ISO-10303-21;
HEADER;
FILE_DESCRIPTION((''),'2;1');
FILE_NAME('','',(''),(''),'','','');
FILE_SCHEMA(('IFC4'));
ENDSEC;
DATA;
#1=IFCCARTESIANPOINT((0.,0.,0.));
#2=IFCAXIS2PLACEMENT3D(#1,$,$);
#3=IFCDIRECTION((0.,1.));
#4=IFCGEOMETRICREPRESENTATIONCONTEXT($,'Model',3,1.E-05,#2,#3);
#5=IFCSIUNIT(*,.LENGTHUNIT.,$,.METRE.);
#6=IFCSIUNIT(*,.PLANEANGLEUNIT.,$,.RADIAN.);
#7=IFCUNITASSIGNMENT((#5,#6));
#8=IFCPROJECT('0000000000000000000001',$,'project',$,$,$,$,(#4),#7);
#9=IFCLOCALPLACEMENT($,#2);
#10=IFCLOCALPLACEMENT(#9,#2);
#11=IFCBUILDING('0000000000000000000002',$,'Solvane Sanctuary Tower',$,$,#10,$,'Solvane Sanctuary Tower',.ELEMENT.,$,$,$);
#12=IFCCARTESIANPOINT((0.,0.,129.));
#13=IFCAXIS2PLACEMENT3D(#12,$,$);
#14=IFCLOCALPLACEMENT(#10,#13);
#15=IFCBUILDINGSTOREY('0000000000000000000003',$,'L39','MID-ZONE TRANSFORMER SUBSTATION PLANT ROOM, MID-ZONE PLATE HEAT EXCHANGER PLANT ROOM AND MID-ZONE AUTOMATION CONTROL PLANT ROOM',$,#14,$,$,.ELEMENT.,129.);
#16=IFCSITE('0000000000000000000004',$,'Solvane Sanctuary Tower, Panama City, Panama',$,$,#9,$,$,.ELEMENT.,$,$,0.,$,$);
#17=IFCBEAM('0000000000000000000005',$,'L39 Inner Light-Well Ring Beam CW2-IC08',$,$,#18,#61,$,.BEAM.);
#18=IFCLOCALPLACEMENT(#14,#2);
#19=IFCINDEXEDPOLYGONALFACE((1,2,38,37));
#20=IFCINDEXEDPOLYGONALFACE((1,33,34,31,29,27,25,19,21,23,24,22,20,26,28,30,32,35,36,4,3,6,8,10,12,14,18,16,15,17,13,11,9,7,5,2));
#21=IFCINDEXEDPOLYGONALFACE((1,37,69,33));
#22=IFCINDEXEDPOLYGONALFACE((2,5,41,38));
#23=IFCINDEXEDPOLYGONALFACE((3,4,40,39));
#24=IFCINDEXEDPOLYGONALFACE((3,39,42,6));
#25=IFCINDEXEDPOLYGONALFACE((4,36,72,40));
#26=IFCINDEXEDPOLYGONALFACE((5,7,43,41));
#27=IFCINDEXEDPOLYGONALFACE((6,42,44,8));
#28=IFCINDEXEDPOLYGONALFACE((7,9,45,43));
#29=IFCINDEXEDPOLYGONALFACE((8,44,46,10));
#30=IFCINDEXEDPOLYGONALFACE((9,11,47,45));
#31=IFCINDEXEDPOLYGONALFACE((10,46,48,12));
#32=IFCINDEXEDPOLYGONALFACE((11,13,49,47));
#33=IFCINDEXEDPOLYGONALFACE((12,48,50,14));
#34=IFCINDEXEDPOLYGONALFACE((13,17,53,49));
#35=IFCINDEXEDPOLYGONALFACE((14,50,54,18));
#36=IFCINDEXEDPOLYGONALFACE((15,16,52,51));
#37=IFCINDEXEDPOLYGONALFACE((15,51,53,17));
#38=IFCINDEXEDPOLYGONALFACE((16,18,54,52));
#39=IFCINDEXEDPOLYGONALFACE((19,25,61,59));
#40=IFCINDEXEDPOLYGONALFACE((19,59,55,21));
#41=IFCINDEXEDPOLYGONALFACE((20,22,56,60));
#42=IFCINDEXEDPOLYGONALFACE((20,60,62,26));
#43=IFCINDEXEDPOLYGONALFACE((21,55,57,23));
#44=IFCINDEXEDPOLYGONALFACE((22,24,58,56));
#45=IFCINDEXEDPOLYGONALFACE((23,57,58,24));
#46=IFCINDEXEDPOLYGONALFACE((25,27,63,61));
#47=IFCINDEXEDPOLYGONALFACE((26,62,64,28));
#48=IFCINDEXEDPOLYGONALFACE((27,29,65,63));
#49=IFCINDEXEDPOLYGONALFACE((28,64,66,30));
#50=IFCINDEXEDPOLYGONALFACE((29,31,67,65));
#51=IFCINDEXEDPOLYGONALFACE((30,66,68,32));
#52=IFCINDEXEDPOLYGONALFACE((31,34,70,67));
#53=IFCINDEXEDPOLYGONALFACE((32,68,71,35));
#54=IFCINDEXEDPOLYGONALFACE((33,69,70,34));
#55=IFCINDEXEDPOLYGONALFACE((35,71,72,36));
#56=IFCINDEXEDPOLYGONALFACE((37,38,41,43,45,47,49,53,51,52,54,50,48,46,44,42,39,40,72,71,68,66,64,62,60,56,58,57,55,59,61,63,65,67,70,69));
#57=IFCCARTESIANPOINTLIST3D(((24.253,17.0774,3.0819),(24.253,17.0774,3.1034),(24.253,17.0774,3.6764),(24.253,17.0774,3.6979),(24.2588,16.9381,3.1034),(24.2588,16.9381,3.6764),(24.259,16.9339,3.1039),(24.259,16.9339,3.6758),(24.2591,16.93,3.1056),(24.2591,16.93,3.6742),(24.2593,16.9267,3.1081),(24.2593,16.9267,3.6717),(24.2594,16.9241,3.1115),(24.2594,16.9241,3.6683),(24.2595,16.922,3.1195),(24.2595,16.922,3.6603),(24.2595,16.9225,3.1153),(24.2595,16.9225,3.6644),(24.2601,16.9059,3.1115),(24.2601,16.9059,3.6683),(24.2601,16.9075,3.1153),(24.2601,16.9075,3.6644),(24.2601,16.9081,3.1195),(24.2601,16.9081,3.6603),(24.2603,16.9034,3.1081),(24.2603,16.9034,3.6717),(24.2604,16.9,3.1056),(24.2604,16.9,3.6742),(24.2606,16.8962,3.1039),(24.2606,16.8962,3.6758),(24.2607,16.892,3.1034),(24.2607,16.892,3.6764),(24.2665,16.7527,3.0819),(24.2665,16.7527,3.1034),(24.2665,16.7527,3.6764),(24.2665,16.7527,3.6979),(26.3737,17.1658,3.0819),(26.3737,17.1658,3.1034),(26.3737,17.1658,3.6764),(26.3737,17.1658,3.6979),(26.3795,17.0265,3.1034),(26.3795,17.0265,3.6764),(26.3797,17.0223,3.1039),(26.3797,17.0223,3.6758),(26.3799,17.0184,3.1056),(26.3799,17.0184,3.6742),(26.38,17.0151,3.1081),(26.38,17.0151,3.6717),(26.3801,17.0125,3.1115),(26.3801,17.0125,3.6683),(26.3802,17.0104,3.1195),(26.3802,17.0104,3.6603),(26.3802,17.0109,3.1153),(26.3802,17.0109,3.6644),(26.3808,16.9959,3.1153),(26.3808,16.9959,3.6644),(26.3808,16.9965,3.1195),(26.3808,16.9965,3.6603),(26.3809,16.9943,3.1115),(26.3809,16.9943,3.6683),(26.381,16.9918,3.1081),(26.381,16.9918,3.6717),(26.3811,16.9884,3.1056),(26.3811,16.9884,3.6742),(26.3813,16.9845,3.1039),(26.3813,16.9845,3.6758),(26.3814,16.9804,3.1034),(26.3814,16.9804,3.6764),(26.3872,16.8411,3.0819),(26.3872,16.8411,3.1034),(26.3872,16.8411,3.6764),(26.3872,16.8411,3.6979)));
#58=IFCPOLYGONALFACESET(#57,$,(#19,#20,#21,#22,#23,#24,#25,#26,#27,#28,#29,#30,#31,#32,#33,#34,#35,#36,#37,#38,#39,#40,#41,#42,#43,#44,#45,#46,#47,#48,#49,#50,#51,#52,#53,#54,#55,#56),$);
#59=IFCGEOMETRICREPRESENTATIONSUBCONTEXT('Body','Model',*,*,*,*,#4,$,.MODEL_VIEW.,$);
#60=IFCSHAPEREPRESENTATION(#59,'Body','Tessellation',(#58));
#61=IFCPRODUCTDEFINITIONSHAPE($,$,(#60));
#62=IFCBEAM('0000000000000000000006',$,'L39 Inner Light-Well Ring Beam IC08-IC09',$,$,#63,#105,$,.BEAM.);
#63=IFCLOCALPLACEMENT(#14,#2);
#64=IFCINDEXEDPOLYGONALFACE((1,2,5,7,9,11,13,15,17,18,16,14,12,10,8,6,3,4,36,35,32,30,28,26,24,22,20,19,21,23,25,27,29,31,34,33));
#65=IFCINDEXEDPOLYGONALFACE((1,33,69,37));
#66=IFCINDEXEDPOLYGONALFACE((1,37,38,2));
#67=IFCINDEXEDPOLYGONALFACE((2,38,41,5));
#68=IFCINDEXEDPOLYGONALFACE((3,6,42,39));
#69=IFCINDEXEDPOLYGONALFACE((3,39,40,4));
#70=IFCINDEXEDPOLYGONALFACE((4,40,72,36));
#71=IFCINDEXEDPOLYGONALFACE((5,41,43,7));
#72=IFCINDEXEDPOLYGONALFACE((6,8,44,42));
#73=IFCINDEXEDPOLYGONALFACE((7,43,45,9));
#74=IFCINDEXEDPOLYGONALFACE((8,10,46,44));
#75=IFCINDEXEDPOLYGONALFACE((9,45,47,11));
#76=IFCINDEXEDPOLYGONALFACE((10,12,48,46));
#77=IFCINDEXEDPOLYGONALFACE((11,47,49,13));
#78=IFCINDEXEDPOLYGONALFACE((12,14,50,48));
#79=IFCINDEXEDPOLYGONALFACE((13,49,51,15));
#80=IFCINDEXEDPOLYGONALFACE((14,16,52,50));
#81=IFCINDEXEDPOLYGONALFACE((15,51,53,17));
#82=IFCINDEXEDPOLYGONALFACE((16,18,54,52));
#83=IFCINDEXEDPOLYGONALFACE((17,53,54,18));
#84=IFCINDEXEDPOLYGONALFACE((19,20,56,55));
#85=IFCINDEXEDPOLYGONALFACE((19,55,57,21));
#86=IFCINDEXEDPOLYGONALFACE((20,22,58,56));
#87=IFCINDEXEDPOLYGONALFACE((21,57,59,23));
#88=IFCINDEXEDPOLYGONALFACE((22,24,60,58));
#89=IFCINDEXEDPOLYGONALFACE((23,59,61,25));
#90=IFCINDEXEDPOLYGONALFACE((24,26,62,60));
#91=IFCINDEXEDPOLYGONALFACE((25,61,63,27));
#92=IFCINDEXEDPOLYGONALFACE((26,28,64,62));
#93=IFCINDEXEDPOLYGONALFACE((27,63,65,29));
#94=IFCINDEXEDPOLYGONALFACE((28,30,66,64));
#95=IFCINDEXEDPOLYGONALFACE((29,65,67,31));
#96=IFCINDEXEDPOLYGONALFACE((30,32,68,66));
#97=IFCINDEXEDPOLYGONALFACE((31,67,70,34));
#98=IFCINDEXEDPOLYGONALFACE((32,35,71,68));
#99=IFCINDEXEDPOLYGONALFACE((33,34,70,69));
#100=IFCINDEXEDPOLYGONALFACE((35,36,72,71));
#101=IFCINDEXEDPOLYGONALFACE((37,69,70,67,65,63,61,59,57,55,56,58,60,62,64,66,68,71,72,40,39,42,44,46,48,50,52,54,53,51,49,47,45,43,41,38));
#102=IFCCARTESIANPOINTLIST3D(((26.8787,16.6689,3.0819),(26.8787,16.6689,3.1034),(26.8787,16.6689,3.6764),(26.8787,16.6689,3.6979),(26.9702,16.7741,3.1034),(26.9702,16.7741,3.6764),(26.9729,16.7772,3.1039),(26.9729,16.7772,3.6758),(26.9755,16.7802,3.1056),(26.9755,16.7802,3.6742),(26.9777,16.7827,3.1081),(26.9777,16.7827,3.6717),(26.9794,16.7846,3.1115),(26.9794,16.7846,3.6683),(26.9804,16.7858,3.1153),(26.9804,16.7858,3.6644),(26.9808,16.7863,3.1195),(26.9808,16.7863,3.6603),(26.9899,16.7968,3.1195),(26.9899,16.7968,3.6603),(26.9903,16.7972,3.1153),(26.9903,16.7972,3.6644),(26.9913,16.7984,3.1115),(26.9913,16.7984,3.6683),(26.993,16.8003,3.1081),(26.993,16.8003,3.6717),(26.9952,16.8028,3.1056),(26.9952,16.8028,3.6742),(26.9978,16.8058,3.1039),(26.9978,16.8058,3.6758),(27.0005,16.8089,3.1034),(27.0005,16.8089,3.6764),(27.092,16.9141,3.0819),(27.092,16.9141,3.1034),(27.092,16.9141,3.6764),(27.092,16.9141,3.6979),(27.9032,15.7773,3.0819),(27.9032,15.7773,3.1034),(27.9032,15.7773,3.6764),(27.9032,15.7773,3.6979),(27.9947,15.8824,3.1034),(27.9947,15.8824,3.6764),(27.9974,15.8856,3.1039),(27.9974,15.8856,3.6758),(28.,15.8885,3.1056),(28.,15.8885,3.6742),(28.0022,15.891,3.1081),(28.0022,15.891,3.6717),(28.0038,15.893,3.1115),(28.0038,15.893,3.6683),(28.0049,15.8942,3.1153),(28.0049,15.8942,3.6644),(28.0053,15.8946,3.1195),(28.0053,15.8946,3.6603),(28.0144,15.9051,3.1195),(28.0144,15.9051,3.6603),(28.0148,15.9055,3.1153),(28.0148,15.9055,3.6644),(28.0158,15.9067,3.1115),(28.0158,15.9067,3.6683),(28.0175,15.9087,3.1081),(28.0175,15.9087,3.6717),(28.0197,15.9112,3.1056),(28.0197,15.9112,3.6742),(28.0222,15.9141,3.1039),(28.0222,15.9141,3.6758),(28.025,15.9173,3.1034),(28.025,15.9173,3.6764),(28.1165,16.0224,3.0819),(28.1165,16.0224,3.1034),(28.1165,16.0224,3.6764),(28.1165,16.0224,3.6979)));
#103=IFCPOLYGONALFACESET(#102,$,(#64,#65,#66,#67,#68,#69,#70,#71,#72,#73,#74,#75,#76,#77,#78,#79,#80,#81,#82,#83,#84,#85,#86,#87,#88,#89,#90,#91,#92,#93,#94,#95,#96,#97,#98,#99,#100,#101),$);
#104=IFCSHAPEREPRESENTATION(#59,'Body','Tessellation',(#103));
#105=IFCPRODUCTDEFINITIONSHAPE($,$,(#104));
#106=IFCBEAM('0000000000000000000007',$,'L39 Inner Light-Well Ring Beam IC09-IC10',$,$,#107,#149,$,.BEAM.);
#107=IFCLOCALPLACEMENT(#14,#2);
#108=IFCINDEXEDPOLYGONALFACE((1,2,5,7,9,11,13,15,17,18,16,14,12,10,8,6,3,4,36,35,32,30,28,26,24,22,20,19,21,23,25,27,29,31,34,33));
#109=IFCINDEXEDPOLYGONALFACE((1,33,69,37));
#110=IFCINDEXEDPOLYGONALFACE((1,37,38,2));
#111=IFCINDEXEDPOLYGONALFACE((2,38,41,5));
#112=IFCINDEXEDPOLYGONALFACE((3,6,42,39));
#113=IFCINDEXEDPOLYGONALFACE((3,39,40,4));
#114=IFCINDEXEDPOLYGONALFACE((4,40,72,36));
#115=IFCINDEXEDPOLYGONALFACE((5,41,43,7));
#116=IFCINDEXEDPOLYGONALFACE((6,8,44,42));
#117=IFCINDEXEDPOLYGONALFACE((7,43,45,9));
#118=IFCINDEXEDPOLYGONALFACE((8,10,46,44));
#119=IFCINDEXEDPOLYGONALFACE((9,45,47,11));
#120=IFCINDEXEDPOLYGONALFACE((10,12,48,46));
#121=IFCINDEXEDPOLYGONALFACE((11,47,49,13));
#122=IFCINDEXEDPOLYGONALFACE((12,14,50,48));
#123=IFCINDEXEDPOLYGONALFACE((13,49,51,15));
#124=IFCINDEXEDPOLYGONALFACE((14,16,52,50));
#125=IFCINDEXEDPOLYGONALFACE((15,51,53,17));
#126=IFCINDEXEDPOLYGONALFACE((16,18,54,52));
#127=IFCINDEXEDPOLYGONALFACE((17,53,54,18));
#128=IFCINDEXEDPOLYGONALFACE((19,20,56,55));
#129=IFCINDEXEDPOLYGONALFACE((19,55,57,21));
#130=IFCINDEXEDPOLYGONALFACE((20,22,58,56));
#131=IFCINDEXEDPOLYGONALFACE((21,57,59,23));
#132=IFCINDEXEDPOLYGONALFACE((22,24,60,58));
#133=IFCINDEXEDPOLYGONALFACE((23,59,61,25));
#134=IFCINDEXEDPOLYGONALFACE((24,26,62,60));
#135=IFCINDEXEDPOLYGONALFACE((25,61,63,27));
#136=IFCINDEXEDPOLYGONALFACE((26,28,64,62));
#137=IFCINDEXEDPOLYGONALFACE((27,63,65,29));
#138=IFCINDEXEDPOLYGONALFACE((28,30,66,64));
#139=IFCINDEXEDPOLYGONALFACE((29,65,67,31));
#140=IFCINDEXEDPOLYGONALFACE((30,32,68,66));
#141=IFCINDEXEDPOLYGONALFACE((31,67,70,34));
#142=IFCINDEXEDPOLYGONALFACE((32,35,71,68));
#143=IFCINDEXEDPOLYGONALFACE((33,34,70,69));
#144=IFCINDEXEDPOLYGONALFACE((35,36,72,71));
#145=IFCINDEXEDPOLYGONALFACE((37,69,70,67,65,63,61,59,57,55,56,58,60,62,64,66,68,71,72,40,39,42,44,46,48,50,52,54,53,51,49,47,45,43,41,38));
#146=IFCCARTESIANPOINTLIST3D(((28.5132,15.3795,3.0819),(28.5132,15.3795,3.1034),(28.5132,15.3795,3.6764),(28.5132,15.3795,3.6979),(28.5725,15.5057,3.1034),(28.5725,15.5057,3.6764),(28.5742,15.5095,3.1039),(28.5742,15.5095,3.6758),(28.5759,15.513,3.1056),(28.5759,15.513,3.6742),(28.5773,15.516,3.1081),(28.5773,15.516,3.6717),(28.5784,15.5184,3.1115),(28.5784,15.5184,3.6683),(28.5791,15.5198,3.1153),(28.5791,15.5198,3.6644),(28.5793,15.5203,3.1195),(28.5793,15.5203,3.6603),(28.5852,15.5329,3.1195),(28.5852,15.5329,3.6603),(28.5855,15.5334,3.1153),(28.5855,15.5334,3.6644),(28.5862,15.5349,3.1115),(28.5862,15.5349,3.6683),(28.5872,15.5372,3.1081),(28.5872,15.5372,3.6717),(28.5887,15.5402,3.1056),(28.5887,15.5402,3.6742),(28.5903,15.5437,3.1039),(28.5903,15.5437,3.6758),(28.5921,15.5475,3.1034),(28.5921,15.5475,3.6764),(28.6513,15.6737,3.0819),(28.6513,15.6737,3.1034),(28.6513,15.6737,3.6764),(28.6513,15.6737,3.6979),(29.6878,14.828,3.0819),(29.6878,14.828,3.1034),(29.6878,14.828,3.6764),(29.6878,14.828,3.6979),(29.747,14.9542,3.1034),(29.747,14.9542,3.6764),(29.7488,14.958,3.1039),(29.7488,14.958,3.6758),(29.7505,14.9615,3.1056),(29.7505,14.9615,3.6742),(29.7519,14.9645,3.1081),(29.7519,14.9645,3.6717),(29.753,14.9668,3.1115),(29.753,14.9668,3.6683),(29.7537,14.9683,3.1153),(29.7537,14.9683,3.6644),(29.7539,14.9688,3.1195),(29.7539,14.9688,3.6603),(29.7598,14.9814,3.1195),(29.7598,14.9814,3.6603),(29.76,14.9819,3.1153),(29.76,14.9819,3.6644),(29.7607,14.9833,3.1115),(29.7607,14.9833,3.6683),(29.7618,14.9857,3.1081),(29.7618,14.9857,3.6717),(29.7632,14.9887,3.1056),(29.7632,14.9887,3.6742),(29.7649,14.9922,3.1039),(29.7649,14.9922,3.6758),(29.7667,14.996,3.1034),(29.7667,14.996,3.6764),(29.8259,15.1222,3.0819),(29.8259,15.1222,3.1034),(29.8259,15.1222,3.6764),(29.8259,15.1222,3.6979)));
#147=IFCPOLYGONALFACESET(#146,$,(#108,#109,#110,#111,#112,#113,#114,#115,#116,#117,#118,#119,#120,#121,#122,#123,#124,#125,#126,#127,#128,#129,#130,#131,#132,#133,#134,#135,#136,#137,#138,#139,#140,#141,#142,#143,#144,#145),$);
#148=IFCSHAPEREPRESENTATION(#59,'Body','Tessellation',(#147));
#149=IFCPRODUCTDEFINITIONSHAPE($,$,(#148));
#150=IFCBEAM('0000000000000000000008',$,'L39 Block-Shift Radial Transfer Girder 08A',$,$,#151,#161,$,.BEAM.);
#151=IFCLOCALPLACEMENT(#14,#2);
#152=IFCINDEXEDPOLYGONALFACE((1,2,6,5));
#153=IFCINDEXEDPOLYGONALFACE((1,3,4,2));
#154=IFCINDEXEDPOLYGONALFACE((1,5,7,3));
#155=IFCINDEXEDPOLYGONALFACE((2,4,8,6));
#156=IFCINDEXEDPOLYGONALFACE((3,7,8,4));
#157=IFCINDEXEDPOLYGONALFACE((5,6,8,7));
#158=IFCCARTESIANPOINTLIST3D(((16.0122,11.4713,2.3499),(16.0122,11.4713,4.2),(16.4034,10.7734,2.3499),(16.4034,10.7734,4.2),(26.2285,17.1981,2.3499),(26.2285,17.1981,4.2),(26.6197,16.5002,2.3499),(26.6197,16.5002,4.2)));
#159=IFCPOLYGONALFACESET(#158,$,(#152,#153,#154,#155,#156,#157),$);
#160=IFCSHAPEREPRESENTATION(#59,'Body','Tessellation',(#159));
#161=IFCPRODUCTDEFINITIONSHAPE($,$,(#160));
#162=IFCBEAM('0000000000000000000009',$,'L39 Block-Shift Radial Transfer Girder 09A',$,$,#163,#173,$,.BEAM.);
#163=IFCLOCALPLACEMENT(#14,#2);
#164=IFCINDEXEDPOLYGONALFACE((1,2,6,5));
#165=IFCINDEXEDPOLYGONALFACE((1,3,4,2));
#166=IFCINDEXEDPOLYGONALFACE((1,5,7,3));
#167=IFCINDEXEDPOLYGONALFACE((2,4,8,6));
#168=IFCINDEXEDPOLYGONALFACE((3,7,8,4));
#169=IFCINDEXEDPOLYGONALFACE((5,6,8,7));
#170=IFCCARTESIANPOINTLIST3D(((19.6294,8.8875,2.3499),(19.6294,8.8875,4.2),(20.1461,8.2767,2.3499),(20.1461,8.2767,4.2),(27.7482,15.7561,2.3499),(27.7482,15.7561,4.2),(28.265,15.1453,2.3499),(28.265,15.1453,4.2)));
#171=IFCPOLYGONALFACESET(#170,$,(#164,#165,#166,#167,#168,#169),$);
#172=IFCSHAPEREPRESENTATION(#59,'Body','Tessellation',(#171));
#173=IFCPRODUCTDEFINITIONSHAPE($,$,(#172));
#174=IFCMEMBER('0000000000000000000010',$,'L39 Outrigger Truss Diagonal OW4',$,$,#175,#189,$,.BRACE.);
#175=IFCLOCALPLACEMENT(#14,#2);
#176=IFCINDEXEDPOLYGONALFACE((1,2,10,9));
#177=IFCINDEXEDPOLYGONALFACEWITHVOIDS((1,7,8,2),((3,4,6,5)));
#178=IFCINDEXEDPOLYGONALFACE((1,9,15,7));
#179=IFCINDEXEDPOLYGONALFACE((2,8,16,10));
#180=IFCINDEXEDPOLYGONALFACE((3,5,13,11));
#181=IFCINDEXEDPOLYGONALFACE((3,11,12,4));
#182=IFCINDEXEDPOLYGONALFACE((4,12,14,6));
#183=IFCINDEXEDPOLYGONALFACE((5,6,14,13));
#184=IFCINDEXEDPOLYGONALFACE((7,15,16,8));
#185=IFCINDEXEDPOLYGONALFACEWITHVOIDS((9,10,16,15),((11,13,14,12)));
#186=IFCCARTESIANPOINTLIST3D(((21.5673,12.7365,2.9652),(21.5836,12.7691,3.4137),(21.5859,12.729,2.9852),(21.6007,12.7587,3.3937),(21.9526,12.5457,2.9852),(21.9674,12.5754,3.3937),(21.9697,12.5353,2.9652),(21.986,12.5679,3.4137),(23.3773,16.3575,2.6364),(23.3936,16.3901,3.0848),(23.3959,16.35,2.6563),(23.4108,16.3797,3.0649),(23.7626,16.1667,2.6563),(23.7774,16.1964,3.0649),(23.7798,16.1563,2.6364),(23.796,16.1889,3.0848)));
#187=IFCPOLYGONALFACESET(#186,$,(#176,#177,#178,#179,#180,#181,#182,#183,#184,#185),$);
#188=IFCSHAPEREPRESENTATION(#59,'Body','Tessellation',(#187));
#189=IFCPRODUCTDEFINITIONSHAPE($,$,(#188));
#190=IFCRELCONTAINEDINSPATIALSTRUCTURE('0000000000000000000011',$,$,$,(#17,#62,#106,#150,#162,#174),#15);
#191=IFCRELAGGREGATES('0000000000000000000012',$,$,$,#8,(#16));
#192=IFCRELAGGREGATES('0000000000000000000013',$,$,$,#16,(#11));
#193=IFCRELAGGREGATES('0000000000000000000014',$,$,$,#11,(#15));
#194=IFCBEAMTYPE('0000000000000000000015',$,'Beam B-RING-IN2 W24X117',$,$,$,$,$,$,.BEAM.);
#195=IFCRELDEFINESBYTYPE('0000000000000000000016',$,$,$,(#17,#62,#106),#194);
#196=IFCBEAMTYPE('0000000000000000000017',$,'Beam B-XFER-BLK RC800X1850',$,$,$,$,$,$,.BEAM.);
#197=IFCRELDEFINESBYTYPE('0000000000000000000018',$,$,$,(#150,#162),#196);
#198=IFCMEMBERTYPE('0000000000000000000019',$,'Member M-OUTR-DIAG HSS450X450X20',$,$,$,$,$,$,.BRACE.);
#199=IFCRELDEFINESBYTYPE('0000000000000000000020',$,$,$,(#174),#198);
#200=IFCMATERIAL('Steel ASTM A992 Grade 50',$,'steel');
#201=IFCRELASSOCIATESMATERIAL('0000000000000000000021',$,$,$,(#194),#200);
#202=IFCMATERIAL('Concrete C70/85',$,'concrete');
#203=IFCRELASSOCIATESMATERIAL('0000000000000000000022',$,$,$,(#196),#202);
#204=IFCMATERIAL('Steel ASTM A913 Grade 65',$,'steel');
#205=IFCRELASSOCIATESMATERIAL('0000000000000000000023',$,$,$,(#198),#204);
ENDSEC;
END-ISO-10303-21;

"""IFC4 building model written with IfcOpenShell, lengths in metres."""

from ifc_helpers import new_model, si_unit, direction, frame, origin, origin_2d, place, context, subcontext, project, spatial, rectangle, hollow_rectangle, i_section, extrude, material, material_profile, profile_set, type_object, element, save


model = new_model("IFC4")

# Units and contexts
model_context = context("Model", 3, precision=1e-05, world=origin(), true_north=direction((0.0, 1.0)))
body_context = subcontext(model_context, "Body", "Model", "MODEL_VIEW")
ifc_project = project(units=[si_unit("LENGTHUNIT", "METRE"), si_unit("PLANEANGLEUNIT", "RADIAN")], contexts=[model_context])

# Site, building, storey
site_placement = place(None, origin())
site = spatial("IfcSite", under=ifc_project, at=site_placement, Name="Solvane Sanctuary Tower, Panama City, Panama", CompositionType="ELEMENT", RefElevation=0.0)
building_placement = place(site_placement, origin())
building = spatial("IfcBuilding", under=site, at=building_placement, Name="Solvane Sanctuary Tower", LongName="Solvane Sanctuary Tower", CompositionType="ELEMENT")
storey_placement = place(building_placement, frame((0.0, 0.0, 129.0)))
storey = spatial("IfcBuildingStorey", under=building, at=storey_placement, Name="L39", Description="MID-ZONE TRANSFORMER SUBSTATION PLANT ROOM, MID-ZONE PLATE HEAT EXCHANGER PLANT ROOM AND MID-ZONE AUTOMATION CONTROL PLANT ROOM", CompositionType="ELEMENT", Elevation=129.0)

# Shared definitions
ifc_material_1 = material(Name="Concrete C70/85", Category="concrete")

# Beams
ifc_material_2 = material(Name="Steel ASTM A913 Grade 65", Category="steel")
ifc_material_3 = material(Name="Steel ASTM A992 Grade 50", Category="steel")
ifc_material_profile_1 = material_profile(ifc_material_3, i_section(OverallWidth=0.325, OverallDepth=0.616, WebThickness=0.0139, FlangeThickness=0.0215, FilletRadius=0.0161, at=origin_2d()), Name="W24X117")
ifc_profile_set_1 = profile_set([ifc_material_profile_1], Name="Steel ASTM A992 Grade 50")
beam_type_1 = type_object("IfcBeamType", Name="Beam B-RING-IN2 W24X117", PredefinedType="BEAM", material=ifc_profile_set_1)
beam_1_placement = place(storey_placement, frame((24.2598, 16.915, 3.3899), z_axis=(0.999133, 0.04164, 0.0), x_axis=(-0.04164, 0.999133, 0.0)))
element("IfcBeam", 1, at=beam_1_placement, inside=storey, type_object=beam_type_1, Name="L39 Inner Light-Well Ring Beam CW2-IC08", PredefinedType="BEAM", context=body_context, shape_type="SweptSolid", body=[
    extrude(i_section(OverallWidth=0.325, OverallDepth=0.616, WebThickness=0.0139, FlangeThickness=0.0215, FilletRadius=0.0161, at=origin_2d()), origin(), (0.0, 0.0, 1.0), 2.1226),
])
beam_2_placement = place(storey_placement, frame((26.9854, 16.7915, 3.3899), z_axis=(0.754311, -0.656517, 0.0), x_axis=(0.656517, 0.754311, 0.0)))
element("IfcBeam", 2, at=beam_2_placement, inside=storey, type_object=beam_type_1, Name="L39 Inner Light-Well Ring Beam IC08-IC09", PredefinedType="BEAM", context=body_context, shape_type="SweptSolid", body=[
    extrude(i_section(OverallWidth=0.325, OverallDepth=0.616, WebThickness=0.0139, FlangeThickness=0.0215, FilletRadius=0.0161, at=origin_2d()), origin(), (0.0, 0.0, 1.0), 1.3582),
])
beam_3_placement = place(storey_placement, frame((28.5823, 15.5266, 3.3899), z_axis=(0.905181, -0.425027, 0.0), x_axis=(0.425027, 0.905181, 0.0)))
element("IfcBeam", 3, at=beam_3_placement, inside=storey, type_object=beam_type_1, Name="L39 Inner Light-Well Ring Beam IC09-IC10", PredefinedType="BEAM", context=body_context, shape_type="SweptSolid", body=[
    extrude(i_section(OverallWidth=0.325, OverallDepth=0.616, WebThickness=0.0139, FlangeThickness=0.0215, FilletRadius=0.0161, at=origin_2d()), origin(), (0.0, 0.0, 1.0), 1.2976),
])
ifc_material_profile_2 = material_profile(ifc_material_1, rectangle(XDim=0.8, YDim=1.8501, at=origin_2d()), Name="RC800X1850")
ifc_profile_set_2 = profile_set([ifc_material_profile_2], Name="Concrete C70/85")
beam_type_2 = type_object("IfcBeamType", Name="Beam B-XFER-BLK RC800X1850", PredefinedType="BEAM", material=ifc_profile_set_2)
beam_4_placement = place(storey_placement, frame((26.4241, 16.8491, 3.2749), z_axis=(-0.872299, -0.488972, 0.0), x_axis=(0.488972, -0.872299, 0.0)))
element("IfcBeam", 4, at=beam_4_placement, inside=storey, type_object=beam_type_2, Name="L39 Block-Shift Radial Transfer Girder 08A", PredefinedType="BEAM", context=body_context, shape_type="SweptSolid", body=[
    extrude(rectangle(XDim=0.8, YDim=1.8501, at=origin_2d()), origin(), (0.0, 0.0, 1.0), 11.7119),
])
beam_5_placement = place(storey_placement, frame((28.0066, 15.4507, 3.2749), z_axis=(-0.763441, -0.645877, 0.0), x_axis=(0.645877, -0.763441, 0.0)))
element("IfcBeam", 5, at=beam_5_placement, inside=storey, type_object=beam_type_2, Name="L39 Block-Shift Radial Transfer Girder 09A", PredefinedType="BEAM", context=body_context, shape_type="SweptSolid", body=[
    extrude(rectangle(XDim=0.8, YDim=1.8501, at=origin_2d()), origin(), (0.0, 0.0, 1.0), 10.6345),
])

# Member
ifc_material_profile_3 = material_profile(ifc_material_2, hollow_rectangle(XDim=0.45, YDim=0.45, WallThickness=0.02, at=origin_2d()), Name="HSS450X450X20")
ifc_profile_set_3 = profile_set([ifc_material_profile_3], Name="Steel ASTM A913 Grade 65")
member_type = type_object("IfcMemberType", Name="Member M-OUTR-DIAG HSS450X450X20", PredefinedType="BRACE", material=ifc_profile_set_3)
member_placement = place(storey_placement, frame((23.5867, 16.2732, 2.8606), z_axis=(-0.445649, -0.891539, 0.080967), x_axis=(0.894475, -0.447117, 0.0)))
element("IfcMember", 6, at=member_placement, inside=storey, type_object=member_type, Name="L39 Outrigger Truss Diagonal OW4", PredefinedType="BRACE", context=body_context, shape_type="SweptSolid", body=[
    extrude(hollow_rectangle(XDim=0.45, YDim=0.45, WallThickness=0.02, at=origin_2d()), origin(), (0.0, 0.0, 1.0), 4.0615),
])

save(model, "model.ifc")
